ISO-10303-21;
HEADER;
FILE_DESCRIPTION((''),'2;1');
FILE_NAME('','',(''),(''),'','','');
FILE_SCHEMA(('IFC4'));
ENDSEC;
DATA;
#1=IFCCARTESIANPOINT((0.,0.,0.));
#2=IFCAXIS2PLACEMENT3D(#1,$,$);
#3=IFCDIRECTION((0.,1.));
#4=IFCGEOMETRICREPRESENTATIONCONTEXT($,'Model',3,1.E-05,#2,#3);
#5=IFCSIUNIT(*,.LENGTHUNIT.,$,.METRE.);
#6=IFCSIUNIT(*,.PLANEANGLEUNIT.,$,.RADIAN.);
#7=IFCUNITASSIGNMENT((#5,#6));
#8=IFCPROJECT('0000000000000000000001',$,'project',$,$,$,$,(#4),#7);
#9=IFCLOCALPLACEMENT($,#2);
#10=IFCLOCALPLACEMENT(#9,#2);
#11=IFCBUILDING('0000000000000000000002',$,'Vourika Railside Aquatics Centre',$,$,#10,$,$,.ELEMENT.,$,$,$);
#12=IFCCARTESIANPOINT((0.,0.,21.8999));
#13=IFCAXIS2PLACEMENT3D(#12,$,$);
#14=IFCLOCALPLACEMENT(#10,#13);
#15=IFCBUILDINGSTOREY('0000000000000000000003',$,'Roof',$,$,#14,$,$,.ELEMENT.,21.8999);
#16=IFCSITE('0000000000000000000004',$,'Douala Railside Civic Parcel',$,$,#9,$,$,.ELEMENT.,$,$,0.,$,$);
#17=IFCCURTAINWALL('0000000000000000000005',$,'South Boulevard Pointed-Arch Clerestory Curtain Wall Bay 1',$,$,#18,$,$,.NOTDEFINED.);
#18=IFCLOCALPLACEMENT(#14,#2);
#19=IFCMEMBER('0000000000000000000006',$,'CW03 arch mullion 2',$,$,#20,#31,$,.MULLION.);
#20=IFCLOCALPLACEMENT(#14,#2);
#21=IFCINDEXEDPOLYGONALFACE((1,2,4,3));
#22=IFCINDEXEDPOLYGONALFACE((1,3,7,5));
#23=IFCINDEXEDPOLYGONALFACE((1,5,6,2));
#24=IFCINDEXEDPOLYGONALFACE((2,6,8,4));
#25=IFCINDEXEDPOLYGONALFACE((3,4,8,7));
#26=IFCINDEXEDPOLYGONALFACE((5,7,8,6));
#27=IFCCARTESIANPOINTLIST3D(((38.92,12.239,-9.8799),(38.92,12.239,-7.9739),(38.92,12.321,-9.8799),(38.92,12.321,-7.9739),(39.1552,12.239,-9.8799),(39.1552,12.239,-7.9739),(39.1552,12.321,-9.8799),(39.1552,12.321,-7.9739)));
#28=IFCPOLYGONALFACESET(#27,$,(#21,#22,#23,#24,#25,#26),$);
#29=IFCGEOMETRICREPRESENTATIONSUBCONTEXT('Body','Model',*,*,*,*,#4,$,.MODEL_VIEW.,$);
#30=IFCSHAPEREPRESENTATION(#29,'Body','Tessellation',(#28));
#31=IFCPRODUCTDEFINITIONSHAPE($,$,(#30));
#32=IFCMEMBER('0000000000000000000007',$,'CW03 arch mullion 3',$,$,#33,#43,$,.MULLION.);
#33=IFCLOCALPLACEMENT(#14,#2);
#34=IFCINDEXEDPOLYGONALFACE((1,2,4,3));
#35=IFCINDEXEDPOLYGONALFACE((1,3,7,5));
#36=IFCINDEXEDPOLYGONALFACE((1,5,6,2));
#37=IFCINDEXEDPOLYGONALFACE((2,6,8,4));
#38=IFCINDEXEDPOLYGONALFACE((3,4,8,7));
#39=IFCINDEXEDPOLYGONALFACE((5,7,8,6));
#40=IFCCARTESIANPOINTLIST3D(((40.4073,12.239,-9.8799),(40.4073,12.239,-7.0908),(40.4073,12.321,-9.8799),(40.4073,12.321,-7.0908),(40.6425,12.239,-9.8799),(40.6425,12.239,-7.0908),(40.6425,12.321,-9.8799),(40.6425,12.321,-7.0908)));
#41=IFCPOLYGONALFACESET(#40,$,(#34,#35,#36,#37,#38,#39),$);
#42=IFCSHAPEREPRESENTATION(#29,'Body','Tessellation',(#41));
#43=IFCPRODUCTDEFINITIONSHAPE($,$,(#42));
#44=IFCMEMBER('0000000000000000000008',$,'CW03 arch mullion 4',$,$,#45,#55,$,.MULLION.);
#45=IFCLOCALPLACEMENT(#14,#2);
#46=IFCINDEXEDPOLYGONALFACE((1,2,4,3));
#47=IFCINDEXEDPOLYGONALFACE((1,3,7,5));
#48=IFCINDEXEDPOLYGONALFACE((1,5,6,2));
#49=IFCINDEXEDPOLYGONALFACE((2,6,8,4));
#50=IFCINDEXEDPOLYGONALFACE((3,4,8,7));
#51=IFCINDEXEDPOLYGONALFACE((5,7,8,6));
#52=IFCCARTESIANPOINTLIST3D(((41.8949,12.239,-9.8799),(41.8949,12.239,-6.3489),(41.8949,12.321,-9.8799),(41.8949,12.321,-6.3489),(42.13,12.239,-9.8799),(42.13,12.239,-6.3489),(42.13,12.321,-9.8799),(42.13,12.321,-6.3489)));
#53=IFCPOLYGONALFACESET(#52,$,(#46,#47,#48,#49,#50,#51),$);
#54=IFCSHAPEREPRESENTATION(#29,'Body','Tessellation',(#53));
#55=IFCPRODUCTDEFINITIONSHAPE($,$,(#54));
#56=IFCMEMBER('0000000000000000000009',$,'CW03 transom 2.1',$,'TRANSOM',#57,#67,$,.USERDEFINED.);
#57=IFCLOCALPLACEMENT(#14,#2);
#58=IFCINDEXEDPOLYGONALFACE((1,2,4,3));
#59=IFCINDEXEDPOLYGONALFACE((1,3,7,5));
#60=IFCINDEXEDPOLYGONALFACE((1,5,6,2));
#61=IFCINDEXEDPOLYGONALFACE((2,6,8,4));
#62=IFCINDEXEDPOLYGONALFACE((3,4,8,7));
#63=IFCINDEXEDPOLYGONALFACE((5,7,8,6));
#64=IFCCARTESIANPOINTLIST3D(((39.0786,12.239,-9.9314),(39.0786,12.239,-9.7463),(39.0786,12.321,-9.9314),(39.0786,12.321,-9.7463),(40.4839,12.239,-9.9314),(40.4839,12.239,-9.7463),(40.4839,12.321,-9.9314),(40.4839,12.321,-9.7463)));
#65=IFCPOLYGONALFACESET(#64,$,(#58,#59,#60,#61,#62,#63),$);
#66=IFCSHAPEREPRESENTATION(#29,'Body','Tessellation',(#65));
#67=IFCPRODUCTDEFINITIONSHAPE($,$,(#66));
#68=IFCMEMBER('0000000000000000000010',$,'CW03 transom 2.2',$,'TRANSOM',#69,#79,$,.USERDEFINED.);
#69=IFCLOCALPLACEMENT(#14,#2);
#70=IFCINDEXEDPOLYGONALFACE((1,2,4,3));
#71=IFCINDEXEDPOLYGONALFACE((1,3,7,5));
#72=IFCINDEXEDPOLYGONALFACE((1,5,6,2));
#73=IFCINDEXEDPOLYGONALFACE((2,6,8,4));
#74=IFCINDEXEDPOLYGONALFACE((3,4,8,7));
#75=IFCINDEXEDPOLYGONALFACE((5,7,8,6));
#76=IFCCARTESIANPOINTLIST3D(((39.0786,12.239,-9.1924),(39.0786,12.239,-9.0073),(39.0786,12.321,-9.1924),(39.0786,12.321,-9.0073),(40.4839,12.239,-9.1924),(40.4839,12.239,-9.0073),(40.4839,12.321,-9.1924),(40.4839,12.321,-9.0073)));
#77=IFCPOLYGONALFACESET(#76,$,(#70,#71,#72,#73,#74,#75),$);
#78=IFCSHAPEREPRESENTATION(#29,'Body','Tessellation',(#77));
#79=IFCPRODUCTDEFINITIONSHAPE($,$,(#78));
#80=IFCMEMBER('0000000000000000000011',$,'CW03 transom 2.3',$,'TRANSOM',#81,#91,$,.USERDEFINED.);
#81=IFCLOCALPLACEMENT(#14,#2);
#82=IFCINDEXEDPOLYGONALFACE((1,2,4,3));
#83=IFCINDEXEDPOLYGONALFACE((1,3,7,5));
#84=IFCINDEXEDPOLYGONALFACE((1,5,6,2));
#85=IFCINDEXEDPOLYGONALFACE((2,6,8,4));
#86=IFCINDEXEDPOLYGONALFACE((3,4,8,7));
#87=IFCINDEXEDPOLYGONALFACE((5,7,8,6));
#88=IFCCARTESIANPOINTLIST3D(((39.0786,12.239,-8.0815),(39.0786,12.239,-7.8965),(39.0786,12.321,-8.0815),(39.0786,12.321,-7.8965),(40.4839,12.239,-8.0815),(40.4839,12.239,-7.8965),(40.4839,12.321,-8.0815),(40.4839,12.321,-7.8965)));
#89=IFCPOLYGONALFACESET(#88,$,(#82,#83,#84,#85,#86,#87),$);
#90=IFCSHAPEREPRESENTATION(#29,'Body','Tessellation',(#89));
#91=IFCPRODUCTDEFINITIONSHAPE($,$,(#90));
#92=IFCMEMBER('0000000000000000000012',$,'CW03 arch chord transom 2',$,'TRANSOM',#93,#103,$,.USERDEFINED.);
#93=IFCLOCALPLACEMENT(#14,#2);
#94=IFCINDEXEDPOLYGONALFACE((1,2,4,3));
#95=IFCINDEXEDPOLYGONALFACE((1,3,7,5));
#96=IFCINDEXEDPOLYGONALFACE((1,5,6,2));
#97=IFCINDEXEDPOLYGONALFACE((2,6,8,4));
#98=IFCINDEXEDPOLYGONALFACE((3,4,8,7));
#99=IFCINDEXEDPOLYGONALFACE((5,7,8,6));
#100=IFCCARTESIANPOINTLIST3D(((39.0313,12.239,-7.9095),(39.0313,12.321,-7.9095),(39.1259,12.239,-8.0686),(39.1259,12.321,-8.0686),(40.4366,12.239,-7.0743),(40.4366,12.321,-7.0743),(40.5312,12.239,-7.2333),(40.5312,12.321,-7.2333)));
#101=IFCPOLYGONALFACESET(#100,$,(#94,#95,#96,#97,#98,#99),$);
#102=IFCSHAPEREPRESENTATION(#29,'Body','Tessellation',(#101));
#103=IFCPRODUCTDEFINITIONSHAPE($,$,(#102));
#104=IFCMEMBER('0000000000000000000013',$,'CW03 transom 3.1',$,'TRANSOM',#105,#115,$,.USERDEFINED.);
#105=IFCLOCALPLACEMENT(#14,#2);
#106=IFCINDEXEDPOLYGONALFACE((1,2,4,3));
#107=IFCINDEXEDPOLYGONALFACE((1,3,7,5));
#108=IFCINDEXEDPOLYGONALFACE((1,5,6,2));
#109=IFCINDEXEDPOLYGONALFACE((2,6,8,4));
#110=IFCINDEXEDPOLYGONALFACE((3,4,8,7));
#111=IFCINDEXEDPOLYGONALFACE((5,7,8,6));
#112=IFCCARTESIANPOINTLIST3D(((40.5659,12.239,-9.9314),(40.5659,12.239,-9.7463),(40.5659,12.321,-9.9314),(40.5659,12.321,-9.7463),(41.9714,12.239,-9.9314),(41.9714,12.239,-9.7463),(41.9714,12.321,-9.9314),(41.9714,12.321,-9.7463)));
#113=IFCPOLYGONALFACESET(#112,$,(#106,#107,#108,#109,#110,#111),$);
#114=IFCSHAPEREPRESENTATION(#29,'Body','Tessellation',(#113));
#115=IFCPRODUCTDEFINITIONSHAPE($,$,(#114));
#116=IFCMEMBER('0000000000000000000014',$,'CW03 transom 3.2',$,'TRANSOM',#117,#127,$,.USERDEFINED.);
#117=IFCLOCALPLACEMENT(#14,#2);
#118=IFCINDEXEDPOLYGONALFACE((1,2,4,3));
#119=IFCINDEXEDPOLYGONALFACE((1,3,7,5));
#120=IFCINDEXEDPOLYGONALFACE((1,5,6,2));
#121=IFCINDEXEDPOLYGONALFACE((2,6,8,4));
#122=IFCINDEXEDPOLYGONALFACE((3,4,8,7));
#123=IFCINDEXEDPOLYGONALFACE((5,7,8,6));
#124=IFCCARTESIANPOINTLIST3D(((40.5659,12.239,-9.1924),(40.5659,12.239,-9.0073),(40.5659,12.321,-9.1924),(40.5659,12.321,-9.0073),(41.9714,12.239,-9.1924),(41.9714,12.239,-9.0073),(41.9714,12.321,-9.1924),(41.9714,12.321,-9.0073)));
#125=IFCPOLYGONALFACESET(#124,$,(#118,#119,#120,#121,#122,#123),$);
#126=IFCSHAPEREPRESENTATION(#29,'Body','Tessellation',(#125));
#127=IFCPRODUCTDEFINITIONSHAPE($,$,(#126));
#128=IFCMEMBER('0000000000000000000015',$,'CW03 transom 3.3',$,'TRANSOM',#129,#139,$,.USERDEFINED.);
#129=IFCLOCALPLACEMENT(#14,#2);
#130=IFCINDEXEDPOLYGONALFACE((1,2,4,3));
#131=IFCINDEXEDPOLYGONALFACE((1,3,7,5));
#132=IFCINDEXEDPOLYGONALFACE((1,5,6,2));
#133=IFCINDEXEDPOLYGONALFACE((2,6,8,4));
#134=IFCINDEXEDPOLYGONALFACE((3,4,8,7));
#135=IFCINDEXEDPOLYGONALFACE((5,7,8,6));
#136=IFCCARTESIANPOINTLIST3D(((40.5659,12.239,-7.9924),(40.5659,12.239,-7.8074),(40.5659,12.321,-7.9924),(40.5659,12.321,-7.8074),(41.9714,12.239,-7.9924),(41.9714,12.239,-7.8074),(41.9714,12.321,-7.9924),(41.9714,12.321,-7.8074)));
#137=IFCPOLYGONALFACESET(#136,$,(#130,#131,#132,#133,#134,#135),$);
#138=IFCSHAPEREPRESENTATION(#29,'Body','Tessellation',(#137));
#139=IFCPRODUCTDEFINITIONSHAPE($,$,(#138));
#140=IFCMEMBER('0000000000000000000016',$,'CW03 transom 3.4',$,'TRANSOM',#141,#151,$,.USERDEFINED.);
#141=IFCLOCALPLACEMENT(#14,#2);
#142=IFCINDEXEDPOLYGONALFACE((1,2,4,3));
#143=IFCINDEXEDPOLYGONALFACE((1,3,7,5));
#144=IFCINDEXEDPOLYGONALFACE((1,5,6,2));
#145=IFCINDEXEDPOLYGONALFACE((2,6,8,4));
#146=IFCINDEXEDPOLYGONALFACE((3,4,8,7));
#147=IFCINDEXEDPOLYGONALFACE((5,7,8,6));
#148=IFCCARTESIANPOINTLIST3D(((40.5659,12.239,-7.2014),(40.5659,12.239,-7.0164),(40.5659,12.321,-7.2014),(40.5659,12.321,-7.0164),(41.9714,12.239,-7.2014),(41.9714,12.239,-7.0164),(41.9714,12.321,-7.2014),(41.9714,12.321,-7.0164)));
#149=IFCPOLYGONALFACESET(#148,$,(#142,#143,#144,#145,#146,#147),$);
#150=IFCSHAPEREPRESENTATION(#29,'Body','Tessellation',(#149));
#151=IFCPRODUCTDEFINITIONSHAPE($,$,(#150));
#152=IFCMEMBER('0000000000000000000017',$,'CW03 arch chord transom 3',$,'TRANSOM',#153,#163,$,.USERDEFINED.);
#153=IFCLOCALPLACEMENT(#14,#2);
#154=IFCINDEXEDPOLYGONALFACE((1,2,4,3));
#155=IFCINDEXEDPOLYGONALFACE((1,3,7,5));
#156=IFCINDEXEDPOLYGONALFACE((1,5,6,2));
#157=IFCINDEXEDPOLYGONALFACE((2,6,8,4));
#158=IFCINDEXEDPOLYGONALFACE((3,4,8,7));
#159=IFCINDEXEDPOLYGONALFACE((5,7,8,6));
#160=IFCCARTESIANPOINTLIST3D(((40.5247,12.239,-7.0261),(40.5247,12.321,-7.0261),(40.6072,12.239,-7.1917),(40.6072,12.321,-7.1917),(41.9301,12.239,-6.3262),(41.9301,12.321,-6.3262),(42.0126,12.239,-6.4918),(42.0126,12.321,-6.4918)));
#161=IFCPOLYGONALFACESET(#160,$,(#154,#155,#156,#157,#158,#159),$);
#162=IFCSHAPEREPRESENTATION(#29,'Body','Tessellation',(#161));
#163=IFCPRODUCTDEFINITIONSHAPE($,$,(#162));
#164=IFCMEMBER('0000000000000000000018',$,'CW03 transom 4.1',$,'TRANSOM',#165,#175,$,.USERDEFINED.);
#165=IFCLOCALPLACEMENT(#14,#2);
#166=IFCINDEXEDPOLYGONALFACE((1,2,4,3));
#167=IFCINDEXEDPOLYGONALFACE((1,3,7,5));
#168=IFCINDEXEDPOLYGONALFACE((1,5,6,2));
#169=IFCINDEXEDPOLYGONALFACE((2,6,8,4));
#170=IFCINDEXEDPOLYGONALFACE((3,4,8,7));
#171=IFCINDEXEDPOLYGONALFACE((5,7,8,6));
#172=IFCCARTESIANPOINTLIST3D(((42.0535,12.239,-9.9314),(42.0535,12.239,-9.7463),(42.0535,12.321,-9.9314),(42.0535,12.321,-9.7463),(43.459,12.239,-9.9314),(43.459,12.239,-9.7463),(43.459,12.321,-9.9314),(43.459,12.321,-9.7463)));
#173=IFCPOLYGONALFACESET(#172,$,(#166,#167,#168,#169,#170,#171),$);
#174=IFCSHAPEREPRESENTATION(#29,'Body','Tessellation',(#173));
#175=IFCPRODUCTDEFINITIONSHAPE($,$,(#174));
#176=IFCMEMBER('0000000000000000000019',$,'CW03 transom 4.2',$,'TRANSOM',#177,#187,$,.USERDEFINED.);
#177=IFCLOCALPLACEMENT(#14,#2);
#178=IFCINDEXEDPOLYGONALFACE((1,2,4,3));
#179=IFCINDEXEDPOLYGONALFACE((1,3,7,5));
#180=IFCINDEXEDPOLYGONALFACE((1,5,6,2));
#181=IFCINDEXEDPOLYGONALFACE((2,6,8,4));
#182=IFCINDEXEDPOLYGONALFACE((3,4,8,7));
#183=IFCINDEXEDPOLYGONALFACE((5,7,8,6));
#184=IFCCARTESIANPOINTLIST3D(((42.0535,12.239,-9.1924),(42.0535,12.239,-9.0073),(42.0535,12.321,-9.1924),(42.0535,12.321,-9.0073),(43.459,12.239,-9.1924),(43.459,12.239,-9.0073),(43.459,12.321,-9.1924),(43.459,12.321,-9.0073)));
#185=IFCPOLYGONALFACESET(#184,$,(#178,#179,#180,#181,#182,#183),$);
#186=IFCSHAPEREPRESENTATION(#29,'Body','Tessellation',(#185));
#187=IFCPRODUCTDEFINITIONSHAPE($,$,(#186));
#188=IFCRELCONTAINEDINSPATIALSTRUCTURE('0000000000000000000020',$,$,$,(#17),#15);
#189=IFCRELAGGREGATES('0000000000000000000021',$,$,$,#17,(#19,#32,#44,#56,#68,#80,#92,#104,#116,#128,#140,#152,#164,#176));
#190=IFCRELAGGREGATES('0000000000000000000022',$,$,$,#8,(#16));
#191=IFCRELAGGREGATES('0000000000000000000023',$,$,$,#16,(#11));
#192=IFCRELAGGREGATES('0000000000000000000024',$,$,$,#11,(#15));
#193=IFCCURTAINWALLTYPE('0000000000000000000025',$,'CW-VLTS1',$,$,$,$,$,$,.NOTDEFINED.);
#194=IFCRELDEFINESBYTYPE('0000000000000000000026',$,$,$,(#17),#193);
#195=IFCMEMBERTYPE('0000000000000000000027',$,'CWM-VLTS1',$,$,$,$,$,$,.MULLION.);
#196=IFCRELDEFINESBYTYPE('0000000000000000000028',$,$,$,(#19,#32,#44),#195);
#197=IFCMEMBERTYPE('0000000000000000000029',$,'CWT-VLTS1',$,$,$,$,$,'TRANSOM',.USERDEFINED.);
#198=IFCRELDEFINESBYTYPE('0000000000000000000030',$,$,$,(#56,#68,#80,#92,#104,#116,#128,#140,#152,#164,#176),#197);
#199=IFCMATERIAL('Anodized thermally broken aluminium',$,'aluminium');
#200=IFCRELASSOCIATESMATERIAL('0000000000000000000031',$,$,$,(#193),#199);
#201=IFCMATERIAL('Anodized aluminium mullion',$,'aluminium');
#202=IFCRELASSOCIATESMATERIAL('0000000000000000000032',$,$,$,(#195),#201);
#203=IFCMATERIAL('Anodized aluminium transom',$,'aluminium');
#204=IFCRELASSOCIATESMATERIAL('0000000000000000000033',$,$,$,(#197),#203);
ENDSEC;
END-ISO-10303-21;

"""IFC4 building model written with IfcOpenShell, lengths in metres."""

from ifc_helpers import new_model, si_unit, direction, frame, origin, origin_2d, place, context, subcontext, project, spatial, rectangle, extrude, material, material_profile, profile_set, type_object, element, aggregate, save


model = new_model("IFC4")

# Units and contexts
model_context = context("Model", 3, precision=1e-05, world=origin(), true_north=direction((0.0, 1.0)))
body_context = subcontext(model_context, "Body", "Model", "MODEL_VIEW")
ifc_project = project(units=[si_unit("LENGTHUNIT", "METRE"), si_unit("PLANEANGLEUNIT", "RADIAN")], contexts=[model_context])

# Site, building, storey
site_placement = place(None, origin())
site = spatial("IfcSite", under=ifc_project, at=site_placement, Name="Douala Railside Civic Parcel", CompositionType="ELEMENT", RefElevation=0.0)
building_placement = place(site_placement, origin())
building = spatial("IfcBuilding", under=site, at=building_placement, Name="Vourika Railside Aquatics Centre", CompositionType="ELEMENT")
storey_placement = place(building_placement, frame((0.0, 0.0, 21.8999)))
storey = spatial("IfcBuildingStorey", under=building, at=storey_placement, Name="Roof", CompositionType="ELEMENT", Elevation=21.8999)

# Curtain wall, members
ifc_material_1 = material(Name="Anodized thermally broken aluminium", Category="aluminium")
curtain_wall_type = type_object("IfcCurtainWallType", Name="CW-VLTS1", PredefinedType="NOTDEFINED", material=ifc_material_1)
curtain_wall_placement = place(storey_placement, origin())
curtain_wall = element("IfcCurtainWall", 1, at=curtain_wall_placement, inside=storey, type_object=curtain_wall_type, Name="South Boulevard Pointed-Arch Clerestory Curtain Wall Bay 1", PredefinedType="NOTDEFINED")
ifc_material_2 = material(Name="Anodized aluminium mullion", Category="aluminium")
ifc_material_profile_1 = material_profile(ifc_material_2, rectangle(XDim=0.082, YDim=0.2351, at=origin_2d()), Name="ALU-M 82x235")
ifc_profile_set_1 = profile_set([ifc_material_profile_1], Name="Anodized aluminium mullion")
member_type_1 = type_object("IfcMemberType", Name="CWM-VLTS1", PredefinedType="MULLION", material=ifc_profile_set_1)
member_1_placement = place(storey_placement, frame((39.0376, 12.28, -9.8799), z_axis=(0.0, 0.0, 1.0), x_axis=(0.0, 1.0, 0.0)))
member_1 = element("IfcMember", 2, at=member_1_placement, type_object=member_type_1, Name="CW03 arch mullion 2", PredefinedType="MULLION", context=body_context, shape_type="SweptSolid", body=[
    extrude(rectangle(XDim=0.082, YDim=0.2351, at=origin_2d()), origin(), (0.0, 0.0, 1.0), 1.906),
])
member_2_placement = place(storey_placement, frame((40.5249, 12.28, -9.8799), z_axis=(0.0, 0.0, 1.0), x_axis=(0.0, 1.0, 0.0)))
member_2 = element("IfcMember", 3, at=member_2_placement, type_object=member_type_1, Name="CW03 arch mullion 3", PredefinedType="MULLION", context=body_context, shape_type="SweptSolid", body=[
    extrude(rectangle(XDim=0.082, YDim=0.2351, at=origin_2d()), origin(), (0.0, 0.0, 1.0), 2.7891),
])
member_3_placement = place(storey_placement, frame((42.0125, 12.28, -9.8799), z_axis=(0.0, 0.0, 1.0), x_axis=(0.0, 1.0, 0.0)))
member_3 = element("IfcMember", 4, at=member_3_placement, type_object=member_type_1, Name="CW03 arch mullion 4", PredefinedType="MULLION", context=body_context, shape_type="SweptSolid", body=[
    extrude(rectangle(XDim=0.082, YDim=0.2351, at=origin_2d()), origin(), (0.0, 0.0, 1.0), 3.531),
])
ifc_material_3 = material(Name="Anodized aluminium transom", Category="aluminium")
ifc_material_profile_2 = material_profile(ifc_material_3, rectangle(XDim=0.082, YDim=0.1851, at=origin_2d()), Name="ALU-T 82x185")
ifc_profile_set_2 = profile_set([ifc_material_profile_2], Name="Anodized aluminium transom")
member_type_2 = type_object("IfcMemberType", Name="CWT-VLTS1", ElementType="TRANSOM", PredefinedType="USERDEFINED", material=ifc_profile_set_2)
member_4_placement = place(storey_placement, frame((39.0786, 12.28, -9.8389), z_axis=(1.0, 0.0, 0.0), x_axis=(0.0, 1.0, 0.0)))
member_4 = element("IfcMember", 5, at=member_4_placement, type_object=member_type_2, Name="CW03 transom 2.1", ObjectType="TRANSOM", PredefinedType="USERDEFINED", context=body_context, shape_type="SweptSolid", body=[
    extrude(rectangle(XDim=0.082, YDim=0.1851, at=origin_2d()), origin(), (0.0, 0.0, 1.0), 1.4053),
])
member_5_placement = place(storey_placement, frame((39.0786, 12.28, -9.0999), z_axis=(1.0, 0.0, 0.0), x_axis=(0.0, 1.0, 0.0)))
member_5 = element("IfcMember", 6, at=member_5_placement, type_object=member_type_2, Name="CW03 transom 2.2", ObjectType="TRANSOM", PredefinedType="USERDEFINED", context=body_context, shape_type="SweptSolid", body=[
    extrude(rectangle(XDim=0.082, YDim=0.1851, at=origin_2d()), origin(), (0.0, 0.0, 1.0), 1.4053),
])
member_6_placement = place(storey_placement, frame((39.0786, 12.28, -7.989), z_axis=(1.0, 0.0, 0.0), x_axis=(0.0, 1.0, 0.0)))
member_6 = element("IfcMember", 7, at=member_6_placement, type_object=member_type_2, Name="CW03 transom 2.3", ObjectType="TRANSOM", PredefinedType="USERDEFINED", context=body_context, shape_type="SweptSolid", body=[
    extrude(rectangle(XDim=0.082, YDim=0.1851, at=origin_2d()), origin(), (0.0, 0.0, 1.0), 1.4053),
])
member_7_placement = place(storey_placement, frame((39.0786, 12.28, -7.989), z_axis=(0.859633, 0.0, 0.510911), x_axis=(0.0, 1.0, 0.0)))
member_7 = element("IfcMember", 8, at=member_7_placement, type_object=member_type_2, Name="CW03 arch chord transom 2", ObjectType="TRANSOM", PredefinedType="USERDEFINED", context=body_context, shape_type="SweptSolid", body=[
    extrude(rectangle(XDim=0.082, YDim=0.1851, at=origin_2d()), origin(), (0.0, 0.0, 1.0), 1.6348),
])
member_8_placement = place(storey_placement, frame((40.5659, 12.28, -9.8389), z_axis=(1.0, 0.0, 0.0), x_axis=(0.0, 1.0, 0.0)))
member_8 = element("IfcMember", 9, at=member_8_placement, type_object=member_type_2, Name="CW03 transom 3.1", ObjectType="TRANSOM", PredefinedType="USERDEFINED", context=body_context, shape_type="SweptSolid", body=[
    extrude(rectangle(XDim=0.082, YDim=0.1851, at=origin_2d()), origin(), (0.0, 0.0, 1.0), 1.4055),
])
member_9_placement = place(storey_placement, frame((40.5659, 12.28, -9.0999), z_axis=(1.0, 0.0, 0.0), x_axis=(0.0, 1.0, 0.0)))
member_9 = element("IfcMember", 10, at=member_9_placement, type_object=member_type_2, Name="CW03 transom 3.2", ObjectType="TRANSOM", PredefinedType="USERDEFINED", context=body_context, shape_type="SweptSolid", body=[
    extrude(rectangle(XDim=0.082, YDim=0.1851, at=origin_2d()), origin(), (0.0, 0.0, 1.0), 1.4055),
])
member_10_placement = place(storey_placement, frame((40.5659, 12.28, -7.8999), z_axis=(1.0, 0.0, 0.0), x_axis=(0.0, 1.0, 0.0)))
member_10 = element("IfcMember", 11, at=member_10_placement, type_object=member_type_2, Name="CW03 transom 3.3", ObjectType="TRANSOM", PredefinedType="USERDEFINED", context=body_context, shape_type="SweptSolid", body=[
    extrude(rectangle(XDim=0.082, YDim=0.1851, at=origin_2d()), origin(), (0.0, 0.0, 1.0), 1.4055),
])
member_11_placement = place(storey_placement, frame((40.5659, 12.28, -7.1089), z_axis=(1.0, 0.0, 0.0), x_axis=(0.0, 1.0, 0.0)))
member_11 = element("IfcMember", 12, at=member_11_placement, type_object=member_type_2, Name="CW03 transom 3.4", ObjectType="TRANSOM", PredefinedType="USERDEFINED", context=body_context, shape_type="SweptSolid", body=[
    extrude(rectangle(XDim=0.082, YDim=0.1851, at=origin_2d()), origin(), (0.0, 0.0, 1.0), 1.4055),
])
member_12_placement = place(storey_placement, frame((40.5659, 12.28, -7.1089), z_axis=(0.895141, 0.0, 0.445783), x_axis=(0.0, 1.0, 0.0)))
member_12 = element("IfcMember", 13, at=member_12_placement, type_object=member_type_2, Name="CW03 arch chord transom 3", ObjectType="TRANSOM", PredefinedType="USERDEFINED", context=body_context, shape_type="SweptSolid", body=[
    extrude(rectangle(XDim=0.082, YDim=0.1851, at=origin_2d()), origin(), (0.0, 0.0, 1.0), 1.5701),
])
member_13_placement = place(storey_placement, frame((42.0535, 12.28, -9.8389), z_axis=(1.0, 0.0, 0.0), x_axis=(0.0, 1.0, 0.0)))
member_13 = element("IfcMember", 14, at=member_13_placement, type_object=member_type_2, Name="CW03 transom 4.1", ObjectType="TRANSOM", PredefinedType="USERDEFINED", context=body_context, shape_type="SweptSolid", body=[
    extrude(rectangle(XDim=0.082, YDim=0.1851, at=origin_2d()), origin(), (0.0, 0.0, 1.0), 1.4055),
])
member_14_placement = place(storey_placement, frame((42.0535, 12.28, -9.0999), z_axis=(1.0, 0.0, 0.0), x_axis=(0.0, 1.0, 0.0)))
member_14 = element("IfcMember", 15, at=member_14_placement, type_object=member_type_2, Name="CW03 transom 4.2", ObjectType="TRANSOM", PredefinedType="USERDEFINED", context=body_context, shape_type="SweptSolid", body=[
    extrude(rectangle(XDim=0.082, YDim=0.1851, at=origin_2d()), origin(), (0.0, 0.0, 1.0), 1.4055),
])
aggregate(curtain_wall, [member_1, member_2, member_3, member_4, member_5, member_6, member_7, member_8, member_9, member_10, member_11, member_12, member_13, member_14])

save(model, "model.ifc")
